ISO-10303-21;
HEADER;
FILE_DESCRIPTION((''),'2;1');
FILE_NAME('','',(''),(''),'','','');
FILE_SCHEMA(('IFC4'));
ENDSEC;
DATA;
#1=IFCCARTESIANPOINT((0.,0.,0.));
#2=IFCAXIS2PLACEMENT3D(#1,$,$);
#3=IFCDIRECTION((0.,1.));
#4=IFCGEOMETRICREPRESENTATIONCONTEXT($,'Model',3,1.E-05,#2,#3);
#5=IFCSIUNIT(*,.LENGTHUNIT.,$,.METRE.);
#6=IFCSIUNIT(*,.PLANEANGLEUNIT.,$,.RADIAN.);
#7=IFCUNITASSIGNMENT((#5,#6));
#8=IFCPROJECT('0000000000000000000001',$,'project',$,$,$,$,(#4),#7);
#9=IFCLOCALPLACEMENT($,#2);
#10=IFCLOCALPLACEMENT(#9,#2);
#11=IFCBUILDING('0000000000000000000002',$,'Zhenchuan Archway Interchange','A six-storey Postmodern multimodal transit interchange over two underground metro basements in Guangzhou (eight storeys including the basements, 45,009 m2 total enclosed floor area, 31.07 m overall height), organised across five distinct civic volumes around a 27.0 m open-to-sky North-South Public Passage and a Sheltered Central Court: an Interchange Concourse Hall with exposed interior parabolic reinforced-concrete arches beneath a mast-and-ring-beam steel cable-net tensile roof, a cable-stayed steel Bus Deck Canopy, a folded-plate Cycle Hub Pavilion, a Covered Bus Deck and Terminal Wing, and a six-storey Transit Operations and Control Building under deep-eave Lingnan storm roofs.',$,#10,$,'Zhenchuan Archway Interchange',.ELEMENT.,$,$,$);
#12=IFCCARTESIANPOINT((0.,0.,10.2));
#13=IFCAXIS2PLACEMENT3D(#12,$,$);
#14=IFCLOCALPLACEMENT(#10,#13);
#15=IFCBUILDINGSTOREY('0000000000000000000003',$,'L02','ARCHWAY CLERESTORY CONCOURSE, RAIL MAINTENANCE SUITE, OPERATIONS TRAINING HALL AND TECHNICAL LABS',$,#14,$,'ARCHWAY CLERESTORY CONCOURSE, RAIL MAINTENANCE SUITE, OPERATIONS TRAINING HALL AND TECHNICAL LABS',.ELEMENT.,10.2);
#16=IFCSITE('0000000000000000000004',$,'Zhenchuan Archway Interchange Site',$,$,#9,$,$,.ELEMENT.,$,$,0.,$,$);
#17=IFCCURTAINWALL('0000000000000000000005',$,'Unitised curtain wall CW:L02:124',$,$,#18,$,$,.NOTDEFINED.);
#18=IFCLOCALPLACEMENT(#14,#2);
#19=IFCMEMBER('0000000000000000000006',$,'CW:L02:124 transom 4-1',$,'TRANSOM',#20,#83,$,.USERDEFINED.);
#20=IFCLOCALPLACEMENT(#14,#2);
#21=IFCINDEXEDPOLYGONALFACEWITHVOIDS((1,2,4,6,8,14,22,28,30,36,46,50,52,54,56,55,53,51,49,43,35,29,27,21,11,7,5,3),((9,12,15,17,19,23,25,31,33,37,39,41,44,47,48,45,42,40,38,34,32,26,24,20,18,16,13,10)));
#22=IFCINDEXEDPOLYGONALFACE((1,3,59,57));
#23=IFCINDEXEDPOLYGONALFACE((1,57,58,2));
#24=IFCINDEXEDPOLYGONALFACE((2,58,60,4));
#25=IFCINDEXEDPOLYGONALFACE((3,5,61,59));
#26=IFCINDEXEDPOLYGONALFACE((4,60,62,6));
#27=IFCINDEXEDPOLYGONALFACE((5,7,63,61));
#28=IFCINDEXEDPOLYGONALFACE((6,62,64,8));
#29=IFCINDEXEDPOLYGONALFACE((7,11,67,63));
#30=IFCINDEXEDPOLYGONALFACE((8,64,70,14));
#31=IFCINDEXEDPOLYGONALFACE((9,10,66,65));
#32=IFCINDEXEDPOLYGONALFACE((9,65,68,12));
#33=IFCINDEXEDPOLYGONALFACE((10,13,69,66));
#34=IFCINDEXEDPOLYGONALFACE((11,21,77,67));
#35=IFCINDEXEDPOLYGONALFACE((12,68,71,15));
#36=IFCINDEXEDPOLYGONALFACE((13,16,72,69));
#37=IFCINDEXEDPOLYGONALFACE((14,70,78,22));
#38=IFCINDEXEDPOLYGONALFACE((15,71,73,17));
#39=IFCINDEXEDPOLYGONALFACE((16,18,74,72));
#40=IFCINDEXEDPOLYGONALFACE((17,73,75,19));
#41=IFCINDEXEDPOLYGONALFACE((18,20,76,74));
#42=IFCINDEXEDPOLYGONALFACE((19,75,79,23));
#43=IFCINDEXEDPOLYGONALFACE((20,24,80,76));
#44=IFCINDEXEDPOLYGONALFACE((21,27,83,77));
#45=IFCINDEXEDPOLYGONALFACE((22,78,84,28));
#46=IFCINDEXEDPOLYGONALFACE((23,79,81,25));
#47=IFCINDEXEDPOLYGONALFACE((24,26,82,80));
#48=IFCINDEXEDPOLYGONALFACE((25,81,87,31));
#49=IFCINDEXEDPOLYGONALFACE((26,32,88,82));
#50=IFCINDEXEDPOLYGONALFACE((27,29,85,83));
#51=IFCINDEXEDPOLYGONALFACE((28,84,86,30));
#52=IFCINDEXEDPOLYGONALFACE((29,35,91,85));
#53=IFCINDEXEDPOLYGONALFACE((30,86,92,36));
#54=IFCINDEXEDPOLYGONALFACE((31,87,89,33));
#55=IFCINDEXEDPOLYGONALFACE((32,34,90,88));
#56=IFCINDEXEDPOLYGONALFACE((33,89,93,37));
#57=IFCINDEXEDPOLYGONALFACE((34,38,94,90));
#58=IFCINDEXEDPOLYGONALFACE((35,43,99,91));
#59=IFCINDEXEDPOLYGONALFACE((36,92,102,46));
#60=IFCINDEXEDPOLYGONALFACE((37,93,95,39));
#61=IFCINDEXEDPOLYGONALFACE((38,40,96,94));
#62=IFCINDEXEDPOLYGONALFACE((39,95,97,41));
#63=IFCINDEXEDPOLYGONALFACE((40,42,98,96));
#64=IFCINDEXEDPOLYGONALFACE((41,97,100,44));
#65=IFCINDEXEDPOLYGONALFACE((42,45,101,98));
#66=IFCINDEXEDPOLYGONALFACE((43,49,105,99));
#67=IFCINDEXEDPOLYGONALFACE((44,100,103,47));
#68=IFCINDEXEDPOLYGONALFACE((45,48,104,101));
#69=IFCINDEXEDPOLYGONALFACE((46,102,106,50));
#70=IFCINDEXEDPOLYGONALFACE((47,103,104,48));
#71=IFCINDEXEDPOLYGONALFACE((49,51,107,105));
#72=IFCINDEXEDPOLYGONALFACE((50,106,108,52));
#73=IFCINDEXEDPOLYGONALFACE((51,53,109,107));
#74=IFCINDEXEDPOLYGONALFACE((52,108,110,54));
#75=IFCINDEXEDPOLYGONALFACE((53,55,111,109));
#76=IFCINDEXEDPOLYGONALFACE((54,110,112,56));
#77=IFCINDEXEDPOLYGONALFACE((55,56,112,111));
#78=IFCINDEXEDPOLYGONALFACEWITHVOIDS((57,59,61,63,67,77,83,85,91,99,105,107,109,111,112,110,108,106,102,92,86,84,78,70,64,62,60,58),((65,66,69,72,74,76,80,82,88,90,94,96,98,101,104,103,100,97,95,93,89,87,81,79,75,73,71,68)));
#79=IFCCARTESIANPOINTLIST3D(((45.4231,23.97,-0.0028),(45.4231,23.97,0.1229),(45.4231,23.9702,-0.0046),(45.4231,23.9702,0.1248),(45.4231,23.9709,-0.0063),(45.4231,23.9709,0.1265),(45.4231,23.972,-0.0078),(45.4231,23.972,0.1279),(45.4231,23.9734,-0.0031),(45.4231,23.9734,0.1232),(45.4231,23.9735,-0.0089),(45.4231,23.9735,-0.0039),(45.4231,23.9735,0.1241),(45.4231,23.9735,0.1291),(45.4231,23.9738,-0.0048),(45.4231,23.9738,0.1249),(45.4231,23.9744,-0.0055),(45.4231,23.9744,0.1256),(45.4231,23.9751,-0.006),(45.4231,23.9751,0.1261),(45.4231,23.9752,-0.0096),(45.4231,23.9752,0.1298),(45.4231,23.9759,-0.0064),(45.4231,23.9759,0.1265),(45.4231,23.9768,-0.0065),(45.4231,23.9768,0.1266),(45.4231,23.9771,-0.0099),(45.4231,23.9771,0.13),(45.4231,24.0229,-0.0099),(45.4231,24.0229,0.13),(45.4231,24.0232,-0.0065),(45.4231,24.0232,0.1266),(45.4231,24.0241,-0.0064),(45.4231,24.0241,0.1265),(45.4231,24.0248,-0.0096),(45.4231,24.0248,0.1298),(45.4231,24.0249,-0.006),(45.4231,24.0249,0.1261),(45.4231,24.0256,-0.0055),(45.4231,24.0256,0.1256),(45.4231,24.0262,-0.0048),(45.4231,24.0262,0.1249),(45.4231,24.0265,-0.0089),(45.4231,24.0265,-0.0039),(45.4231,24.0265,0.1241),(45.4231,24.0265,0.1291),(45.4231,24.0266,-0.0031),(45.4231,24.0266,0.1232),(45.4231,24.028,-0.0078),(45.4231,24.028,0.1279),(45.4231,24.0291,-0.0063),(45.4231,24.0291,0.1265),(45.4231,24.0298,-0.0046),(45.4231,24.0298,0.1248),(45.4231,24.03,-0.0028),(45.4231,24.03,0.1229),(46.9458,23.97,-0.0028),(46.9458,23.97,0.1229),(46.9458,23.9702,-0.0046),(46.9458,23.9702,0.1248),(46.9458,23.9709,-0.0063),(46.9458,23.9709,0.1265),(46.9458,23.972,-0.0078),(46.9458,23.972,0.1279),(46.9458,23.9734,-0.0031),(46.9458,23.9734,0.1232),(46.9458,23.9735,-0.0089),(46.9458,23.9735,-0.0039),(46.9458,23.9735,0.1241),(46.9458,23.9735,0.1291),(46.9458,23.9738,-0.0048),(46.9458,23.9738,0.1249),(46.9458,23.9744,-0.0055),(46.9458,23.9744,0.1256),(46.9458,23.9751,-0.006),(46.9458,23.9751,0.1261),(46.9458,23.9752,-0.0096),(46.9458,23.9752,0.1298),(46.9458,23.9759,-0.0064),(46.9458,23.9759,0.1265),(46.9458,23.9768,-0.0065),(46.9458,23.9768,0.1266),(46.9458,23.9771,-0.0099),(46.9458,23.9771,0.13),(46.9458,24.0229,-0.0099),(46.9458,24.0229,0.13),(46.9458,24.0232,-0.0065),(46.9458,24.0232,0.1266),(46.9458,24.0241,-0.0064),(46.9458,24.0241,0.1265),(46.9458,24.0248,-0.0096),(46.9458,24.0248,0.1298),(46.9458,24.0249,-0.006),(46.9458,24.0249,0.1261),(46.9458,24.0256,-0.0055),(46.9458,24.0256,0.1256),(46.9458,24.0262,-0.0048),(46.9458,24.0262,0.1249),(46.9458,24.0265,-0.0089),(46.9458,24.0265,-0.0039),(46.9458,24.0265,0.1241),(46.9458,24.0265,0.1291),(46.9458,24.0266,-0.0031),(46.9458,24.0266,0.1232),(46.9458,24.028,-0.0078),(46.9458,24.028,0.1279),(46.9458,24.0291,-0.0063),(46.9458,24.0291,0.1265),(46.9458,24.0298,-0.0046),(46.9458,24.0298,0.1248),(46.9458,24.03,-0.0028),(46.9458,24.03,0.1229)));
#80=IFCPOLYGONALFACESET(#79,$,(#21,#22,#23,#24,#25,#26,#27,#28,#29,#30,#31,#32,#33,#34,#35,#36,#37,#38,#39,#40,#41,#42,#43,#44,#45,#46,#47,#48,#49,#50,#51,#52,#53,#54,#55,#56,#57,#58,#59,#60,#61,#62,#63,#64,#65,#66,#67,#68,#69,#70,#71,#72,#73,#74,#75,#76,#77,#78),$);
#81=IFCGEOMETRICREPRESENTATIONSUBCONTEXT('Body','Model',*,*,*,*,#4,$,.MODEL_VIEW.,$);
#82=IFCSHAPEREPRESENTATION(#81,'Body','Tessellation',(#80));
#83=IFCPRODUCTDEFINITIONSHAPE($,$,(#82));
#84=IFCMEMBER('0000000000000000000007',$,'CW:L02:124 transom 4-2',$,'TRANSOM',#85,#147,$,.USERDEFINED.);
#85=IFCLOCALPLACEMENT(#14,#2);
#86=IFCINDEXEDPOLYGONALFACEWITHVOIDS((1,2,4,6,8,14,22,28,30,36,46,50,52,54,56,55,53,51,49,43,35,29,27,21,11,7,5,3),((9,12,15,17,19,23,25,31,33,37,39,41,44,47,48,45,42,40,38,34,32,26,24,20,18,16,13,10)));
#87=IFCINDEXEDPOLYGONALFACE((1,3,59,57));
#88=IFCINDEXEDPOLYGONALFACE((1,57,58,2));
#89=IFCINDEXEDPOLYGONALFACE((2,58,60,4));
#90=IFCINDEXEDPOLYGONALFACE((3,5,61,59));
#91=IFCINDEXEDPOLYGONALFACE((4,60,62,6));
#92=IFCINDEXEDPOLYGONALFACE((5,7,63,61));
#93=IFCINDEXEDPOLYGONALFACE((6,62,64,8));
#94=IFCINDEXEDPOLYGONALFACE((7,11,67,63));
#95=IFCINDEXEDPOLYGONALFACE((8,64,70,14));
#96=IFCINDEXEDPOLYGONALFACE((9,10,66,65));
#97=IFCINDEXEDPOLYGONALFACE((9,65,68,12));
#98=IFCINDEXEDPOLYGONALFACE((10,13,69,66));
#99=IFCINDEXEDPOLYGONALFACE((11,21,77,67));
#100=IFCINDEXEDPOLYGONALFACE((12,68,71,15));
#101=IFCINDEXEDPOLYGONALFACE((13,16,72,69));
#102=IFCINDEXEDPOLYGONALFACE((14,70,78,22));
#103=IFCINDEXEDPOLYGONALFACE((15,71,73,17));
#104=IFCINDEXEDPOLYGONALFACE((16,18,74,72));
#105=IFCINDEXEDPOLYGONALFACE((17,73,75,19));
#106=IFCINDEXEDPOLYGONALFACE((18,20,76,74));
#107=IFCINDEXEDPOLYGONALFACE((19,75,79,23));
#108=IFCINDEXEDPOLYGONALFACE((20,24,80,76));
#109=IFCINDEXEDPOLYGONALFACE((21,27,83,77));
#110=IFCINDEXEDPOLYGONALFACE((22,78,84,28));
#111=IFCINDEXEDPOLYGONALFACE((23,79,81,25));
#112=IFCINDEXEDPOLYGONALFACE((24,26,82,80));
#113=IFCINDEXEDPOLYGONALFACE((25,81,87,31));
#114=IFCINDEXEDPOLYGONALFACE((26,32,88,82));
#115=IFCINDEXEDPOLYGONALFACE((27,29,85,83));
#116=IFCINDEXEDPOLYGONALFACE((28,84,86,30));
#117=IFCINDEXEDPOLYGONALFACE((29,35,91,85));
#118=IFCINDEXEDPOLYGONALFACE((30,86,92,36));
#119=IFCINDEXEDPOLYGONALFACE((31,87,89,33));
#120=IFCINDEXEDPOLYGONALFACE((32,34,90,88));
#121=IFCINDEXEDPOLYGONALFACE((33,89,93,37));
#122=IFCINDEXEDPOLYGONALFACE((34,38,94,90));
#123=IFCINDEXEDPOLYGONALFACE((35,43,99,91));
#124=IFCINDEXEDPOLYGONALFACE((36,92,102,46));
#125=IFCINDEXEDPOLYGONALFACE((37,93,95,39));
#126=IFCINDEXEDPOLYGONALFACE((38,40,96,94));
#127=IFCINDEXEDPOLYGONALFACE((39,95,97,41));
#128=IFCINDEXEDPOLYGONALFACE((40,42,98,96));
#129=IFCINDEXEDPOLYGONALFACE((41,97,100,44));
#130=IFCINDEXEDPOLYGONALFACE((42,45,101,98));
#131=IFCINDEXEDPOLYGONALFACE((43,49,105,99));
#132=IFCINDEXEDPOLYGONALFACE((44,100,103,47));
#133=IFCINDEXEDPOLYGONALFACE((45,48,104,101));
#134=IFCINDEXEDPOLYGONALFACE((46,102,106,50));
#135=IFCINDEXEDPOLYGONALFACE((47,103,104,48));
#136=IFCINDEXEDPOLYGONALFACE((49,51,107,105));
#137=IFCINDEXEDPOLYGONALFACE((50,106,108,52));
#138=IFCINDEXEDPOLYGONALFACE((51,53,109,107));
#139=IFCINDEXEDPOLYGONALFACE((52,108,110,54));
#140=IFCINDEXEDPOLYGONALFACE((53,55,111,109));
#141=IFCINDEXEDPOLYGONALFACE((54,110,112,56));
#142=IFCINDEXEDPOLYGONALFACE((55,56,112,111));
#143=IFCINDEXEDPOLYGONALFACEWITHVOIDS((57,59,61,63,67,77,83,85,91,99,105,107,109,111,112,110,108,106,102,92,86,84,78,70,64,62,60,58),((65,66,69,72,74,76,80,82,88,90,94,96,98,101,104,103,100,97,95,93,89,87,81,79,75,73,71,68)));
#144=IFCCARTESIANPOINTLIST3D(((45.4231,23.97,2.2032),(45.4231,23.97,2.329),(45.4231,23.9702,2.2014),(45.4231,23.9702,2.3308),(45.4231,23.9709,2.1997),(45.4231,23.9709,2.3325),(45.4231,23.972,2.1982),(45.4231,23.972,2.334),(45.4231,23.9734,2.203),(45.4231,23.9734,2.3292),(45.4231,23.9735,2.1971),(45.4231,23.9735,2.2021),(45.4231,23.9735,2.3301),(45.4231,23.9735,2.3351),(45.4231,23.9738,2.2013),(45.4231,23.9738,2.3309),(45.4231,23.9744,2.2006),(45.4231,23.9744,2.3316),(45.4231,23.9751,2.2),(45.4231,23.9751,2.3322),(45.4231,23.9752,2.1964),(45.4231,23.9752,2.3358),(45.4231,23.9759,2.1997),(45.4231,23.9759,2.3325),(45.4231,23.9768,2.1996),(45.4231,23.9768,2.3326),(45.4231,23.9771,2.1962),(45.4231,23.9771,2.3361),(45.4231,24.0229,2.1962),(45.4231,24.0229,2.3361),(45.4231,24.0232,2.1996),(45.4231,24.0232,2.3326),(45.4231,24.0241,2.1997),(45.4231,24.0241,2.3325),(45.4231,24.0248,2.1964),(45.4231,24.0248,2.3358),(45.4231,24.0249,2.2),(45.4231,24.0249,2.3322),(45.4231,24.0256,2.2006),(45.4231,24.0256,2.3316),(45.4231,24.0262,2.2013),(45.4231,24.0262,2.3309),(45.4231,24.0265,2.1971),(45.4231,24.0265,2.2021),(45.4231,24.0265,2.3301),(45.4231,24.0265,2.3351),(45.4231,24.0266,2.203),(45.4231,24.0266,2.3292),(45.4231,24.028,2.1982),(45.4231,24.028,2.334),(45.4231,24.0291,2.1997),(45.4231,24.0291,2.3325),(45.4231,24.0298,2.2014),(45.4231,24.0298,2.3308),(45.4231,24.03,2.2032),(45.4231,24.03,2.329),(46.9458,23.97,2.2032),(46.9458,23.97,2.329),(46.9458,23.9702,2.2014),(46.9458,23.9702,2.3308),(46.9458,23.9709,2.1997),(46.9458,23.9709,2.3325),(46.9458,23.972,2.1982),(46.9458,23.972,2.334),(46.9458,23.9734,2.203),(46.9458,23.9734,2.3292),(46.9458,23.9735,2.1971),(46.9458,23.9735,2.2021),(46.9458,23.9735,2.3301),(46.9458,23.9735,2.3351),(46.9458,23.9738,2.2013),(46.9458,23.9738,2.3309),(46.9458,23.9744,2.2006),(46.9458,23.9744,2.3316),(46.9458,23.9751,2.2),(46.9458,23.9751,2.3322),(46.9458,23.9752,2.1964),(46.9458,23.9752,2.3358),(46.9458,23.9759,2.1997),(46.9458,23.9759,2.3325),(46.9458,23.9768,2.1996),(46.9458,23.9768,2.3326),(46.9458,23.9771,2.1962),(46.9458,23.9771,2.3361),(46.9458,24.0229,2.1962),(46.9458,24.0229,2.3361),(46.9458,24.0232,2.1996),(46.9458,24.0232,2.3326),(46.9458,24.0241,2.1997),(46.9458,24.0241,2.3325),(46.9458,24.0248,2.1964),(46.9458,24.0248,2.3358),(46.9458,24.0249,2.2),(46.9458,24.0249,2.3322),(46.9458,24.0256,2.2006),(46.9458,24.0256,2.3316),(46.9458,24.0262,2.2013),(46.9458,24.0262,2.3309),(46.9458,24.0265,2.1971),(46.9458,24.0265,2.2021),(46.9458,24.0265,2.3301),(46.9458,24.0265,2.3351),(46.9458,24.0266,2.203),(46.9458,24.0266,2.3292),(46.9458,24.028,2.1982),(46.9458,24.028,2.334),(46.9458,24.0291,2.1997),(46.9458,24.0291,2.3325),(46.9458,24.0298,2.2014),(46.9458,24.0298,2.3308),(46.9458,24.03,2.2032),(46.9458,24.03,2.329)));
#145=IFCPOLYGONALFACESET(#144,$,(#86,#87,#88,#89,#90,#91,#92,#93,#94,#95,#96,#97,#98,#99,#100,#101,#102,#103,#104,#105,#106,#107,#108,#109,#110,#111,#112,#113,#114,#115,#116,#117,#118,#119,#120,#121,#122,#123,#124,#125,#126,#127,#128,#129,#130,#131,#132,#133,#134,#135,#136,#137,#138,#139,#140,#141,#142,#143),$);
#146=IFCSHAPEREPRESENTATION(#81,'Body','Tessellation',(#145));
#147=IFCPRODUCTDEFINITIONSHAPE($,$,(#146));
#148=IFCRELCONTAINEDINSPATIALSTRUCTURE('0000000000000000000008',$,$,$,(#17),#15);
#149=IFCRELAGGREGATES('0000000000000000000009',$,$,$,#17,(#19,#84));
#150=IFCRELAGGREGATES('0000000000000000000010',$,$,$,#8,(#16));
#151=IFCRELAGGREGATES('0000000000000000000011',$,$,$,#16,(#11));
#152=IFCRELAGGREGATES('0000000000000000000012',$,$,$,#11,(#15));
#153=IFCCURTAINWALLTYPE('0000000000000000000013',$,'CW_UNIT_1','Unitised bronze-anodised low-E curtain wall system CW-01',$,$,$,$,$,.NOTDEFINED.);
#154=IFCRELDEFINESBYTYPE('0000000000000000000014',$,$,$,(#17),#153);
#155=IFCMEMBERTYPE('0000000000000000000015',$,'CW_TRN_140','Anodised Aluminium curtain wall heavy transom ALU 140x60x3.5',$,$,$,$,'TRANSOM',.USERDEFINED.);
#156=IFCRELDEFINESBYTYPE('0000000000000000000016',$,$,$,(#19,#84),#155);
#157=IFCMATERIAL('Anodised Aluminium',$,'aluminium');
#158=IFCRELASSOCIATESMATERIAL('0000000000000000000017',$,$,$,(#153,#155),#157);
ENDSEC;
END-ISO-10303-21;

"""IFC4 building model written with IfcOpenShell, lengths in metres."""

from ifc_helpers import new_model, si_unit, direction, frame, origin, origin_2d, place, context, subcontext, project, spatial, hollow_rectangle, extrude, material, material_profile, profile_set, type_object, element, aggregate, save


model = new_model("IFC4")

# Units and contexts
model_context = context("Model", 3, precision=1e-05, world=origin(), true_north=direction((0.0, 1.0)))
body_context = subcontext(model_context, "Body", "Model", "MODEL_VIEW")
ifc_project = project(units=[si_unit("LENGTHUNIT", "METRE"), si_unit("PLANEANGLEUNIT", "RADIAN")], contexts=[model_context])

# Site, building, storey
site_placement = place(None, origin())
site = spatial("IfcSite", under=ifc_project, at=site_placement, Name="Zhenchuan Archway Interchange Site", CompositionType="ELEMENT", RefElevation=0.0)
building_placement = place(site_placement, origin())
building = spatial("IfcBuilding", under=site, at=building_placement, Name="Zhenchuan Archway Interchange", Description="A six-storey Postmodern multimodal transit interchange over two underground metro basements in Guangzhou (eight storeys including the basements, 45,009 m2 total enclosed floor area, 31.07 m overall height), organised across five distinct civic volumes around a 27.0 m open-to-sky North-South Public Passage and a Sheltered Central Court: an Interchange Concourse Hall with exposed interior parabolic reinforced-concrete arches beneath a mast-and-ring-beam steel cable-net tensile roof, a cable-stayed steel Bus Deck Canopy, a folded-plate Cycle Hub Pavilion, a Covered Bus Deck and Terminal Wing, and a six-storey Transit Operations and Control Building under deep-eave Lingnan storm roofs.", LongName="Zhenchuan Archway Interchange", CompositionType="ELEMENT")
storey_placement = place(building_placement, frame((0.0, 0.0, 10.2)))
storey = spatial("IfcBuildingStorey", under=building, at=storey_placement, Name="L02", Description="ARCHWAY CLERESTORY CONCOURSE, RAIL MAINTENANCE SUITE, OPERATIONS TRAINING HALL AND TECHNICAL LABS", LongName="ARCHWAY CLERESTORY CONCOURSE, RAIL MAINTENANCE SUITE, OPERATIONS TRAINING HALL AND TECHNICAL LABS", CompositionType="ELEMENT", Elevation=10.2)

# Curtain wall, members
ifc_material_1 = material(Name="Anodised Aluminium", Category="aluminium")
curtain_wall_type = type_object("IfcCurtainWallType", Name="CW_UNIT_1", Description="Unitised bronze-anodised low-E curtain wall system CW-01", PredefinedType="NOTDEFINED", material=ifc_material_1)
curtain_wall_placement = place(storey_placement, origin())
curtain_wall = element("IfcCurtainWall", 1, at=curtain_wall_placement, inside=storey, type_object=curtain_wall_type, Name="Unitised curtain wall CW:L02:124", PredefinedType="NOTDEFINED")
ifc_material_profile_1 = material_profile(ifc_material_1, hollow_rectangle(XDim=0.0601, YDim=0.1399, WallThickness=0.0034, InnerFilletRadius=0.0034, OuterFilletRadius=0.0071, at=origin_2d()), Name="ALU 140x60x3.5")
ifc_profile_set_1 = profile_set([ifc_material_profile_1], Name="Anodised Aluminium")
member_type_1 = type_object("IfcMemberType", Name="CW_TRN_140", Description="Anodised Aluminium curtain wall heavy transom ALU 140x60x3.5", ElementType="TRANSOM", PredefinedType="USERDEFINED", material=ifc_profile_set_1)
member_1_placement = place(storey_placement, frame((46.9458, 24.0, 0.0601), z_axis=(-1.0, 0.0, 0.0), x_axis=(0.0, -1.0, 0.0)))
member_1 = element("IfcMember", 2, at=member_1_placement, type_object=member_type_1, Name="CW:L02:124 transom 4-1", ObjectType="TRANSOM", PredefinedType="USERDEFINED", context=body_context, shape_type="SweptSolid", body=[
    extrude(hollow_rectangle(XDim=0.0601, YDim=0.1399, WallThickness=0.0034, InnerFilletRadius=0.0034, OuterFilletRadius=0.0071, at=origin_2d()), origin(), (0.0, 0.0, 1.0), 1.5227),
])
member_2_placement = place(storey_placement, frame((46.9458, 24.0, 2.2661), z_axis=(-1.0, 0.0, 0.0), x_axis=(0.0, -1.0, 0.0)))
member_2 = element("IfcMember", 3, at=member_2_placement, type_object=member_type_1, Name="CW:L02:124 transom 4-2", ObjectType="TRANSOM", PredefinedType="USERDEFINED", context=body_context, shape_type="SweptSolid", body=[
    extrude(hollow_rectangle(XDim=0.0601, YDim=0.1399, WallThickness=0.0034, InnerFilletRadius=0.0034, OuterFilletRadius=0.0071, at=origin_2d()), origin(), (0.0, 0.0, 1.0), 1.5227),
])

aggregate(curtain_wall, [member_1, member_2])

save(model, "model.ifc")
